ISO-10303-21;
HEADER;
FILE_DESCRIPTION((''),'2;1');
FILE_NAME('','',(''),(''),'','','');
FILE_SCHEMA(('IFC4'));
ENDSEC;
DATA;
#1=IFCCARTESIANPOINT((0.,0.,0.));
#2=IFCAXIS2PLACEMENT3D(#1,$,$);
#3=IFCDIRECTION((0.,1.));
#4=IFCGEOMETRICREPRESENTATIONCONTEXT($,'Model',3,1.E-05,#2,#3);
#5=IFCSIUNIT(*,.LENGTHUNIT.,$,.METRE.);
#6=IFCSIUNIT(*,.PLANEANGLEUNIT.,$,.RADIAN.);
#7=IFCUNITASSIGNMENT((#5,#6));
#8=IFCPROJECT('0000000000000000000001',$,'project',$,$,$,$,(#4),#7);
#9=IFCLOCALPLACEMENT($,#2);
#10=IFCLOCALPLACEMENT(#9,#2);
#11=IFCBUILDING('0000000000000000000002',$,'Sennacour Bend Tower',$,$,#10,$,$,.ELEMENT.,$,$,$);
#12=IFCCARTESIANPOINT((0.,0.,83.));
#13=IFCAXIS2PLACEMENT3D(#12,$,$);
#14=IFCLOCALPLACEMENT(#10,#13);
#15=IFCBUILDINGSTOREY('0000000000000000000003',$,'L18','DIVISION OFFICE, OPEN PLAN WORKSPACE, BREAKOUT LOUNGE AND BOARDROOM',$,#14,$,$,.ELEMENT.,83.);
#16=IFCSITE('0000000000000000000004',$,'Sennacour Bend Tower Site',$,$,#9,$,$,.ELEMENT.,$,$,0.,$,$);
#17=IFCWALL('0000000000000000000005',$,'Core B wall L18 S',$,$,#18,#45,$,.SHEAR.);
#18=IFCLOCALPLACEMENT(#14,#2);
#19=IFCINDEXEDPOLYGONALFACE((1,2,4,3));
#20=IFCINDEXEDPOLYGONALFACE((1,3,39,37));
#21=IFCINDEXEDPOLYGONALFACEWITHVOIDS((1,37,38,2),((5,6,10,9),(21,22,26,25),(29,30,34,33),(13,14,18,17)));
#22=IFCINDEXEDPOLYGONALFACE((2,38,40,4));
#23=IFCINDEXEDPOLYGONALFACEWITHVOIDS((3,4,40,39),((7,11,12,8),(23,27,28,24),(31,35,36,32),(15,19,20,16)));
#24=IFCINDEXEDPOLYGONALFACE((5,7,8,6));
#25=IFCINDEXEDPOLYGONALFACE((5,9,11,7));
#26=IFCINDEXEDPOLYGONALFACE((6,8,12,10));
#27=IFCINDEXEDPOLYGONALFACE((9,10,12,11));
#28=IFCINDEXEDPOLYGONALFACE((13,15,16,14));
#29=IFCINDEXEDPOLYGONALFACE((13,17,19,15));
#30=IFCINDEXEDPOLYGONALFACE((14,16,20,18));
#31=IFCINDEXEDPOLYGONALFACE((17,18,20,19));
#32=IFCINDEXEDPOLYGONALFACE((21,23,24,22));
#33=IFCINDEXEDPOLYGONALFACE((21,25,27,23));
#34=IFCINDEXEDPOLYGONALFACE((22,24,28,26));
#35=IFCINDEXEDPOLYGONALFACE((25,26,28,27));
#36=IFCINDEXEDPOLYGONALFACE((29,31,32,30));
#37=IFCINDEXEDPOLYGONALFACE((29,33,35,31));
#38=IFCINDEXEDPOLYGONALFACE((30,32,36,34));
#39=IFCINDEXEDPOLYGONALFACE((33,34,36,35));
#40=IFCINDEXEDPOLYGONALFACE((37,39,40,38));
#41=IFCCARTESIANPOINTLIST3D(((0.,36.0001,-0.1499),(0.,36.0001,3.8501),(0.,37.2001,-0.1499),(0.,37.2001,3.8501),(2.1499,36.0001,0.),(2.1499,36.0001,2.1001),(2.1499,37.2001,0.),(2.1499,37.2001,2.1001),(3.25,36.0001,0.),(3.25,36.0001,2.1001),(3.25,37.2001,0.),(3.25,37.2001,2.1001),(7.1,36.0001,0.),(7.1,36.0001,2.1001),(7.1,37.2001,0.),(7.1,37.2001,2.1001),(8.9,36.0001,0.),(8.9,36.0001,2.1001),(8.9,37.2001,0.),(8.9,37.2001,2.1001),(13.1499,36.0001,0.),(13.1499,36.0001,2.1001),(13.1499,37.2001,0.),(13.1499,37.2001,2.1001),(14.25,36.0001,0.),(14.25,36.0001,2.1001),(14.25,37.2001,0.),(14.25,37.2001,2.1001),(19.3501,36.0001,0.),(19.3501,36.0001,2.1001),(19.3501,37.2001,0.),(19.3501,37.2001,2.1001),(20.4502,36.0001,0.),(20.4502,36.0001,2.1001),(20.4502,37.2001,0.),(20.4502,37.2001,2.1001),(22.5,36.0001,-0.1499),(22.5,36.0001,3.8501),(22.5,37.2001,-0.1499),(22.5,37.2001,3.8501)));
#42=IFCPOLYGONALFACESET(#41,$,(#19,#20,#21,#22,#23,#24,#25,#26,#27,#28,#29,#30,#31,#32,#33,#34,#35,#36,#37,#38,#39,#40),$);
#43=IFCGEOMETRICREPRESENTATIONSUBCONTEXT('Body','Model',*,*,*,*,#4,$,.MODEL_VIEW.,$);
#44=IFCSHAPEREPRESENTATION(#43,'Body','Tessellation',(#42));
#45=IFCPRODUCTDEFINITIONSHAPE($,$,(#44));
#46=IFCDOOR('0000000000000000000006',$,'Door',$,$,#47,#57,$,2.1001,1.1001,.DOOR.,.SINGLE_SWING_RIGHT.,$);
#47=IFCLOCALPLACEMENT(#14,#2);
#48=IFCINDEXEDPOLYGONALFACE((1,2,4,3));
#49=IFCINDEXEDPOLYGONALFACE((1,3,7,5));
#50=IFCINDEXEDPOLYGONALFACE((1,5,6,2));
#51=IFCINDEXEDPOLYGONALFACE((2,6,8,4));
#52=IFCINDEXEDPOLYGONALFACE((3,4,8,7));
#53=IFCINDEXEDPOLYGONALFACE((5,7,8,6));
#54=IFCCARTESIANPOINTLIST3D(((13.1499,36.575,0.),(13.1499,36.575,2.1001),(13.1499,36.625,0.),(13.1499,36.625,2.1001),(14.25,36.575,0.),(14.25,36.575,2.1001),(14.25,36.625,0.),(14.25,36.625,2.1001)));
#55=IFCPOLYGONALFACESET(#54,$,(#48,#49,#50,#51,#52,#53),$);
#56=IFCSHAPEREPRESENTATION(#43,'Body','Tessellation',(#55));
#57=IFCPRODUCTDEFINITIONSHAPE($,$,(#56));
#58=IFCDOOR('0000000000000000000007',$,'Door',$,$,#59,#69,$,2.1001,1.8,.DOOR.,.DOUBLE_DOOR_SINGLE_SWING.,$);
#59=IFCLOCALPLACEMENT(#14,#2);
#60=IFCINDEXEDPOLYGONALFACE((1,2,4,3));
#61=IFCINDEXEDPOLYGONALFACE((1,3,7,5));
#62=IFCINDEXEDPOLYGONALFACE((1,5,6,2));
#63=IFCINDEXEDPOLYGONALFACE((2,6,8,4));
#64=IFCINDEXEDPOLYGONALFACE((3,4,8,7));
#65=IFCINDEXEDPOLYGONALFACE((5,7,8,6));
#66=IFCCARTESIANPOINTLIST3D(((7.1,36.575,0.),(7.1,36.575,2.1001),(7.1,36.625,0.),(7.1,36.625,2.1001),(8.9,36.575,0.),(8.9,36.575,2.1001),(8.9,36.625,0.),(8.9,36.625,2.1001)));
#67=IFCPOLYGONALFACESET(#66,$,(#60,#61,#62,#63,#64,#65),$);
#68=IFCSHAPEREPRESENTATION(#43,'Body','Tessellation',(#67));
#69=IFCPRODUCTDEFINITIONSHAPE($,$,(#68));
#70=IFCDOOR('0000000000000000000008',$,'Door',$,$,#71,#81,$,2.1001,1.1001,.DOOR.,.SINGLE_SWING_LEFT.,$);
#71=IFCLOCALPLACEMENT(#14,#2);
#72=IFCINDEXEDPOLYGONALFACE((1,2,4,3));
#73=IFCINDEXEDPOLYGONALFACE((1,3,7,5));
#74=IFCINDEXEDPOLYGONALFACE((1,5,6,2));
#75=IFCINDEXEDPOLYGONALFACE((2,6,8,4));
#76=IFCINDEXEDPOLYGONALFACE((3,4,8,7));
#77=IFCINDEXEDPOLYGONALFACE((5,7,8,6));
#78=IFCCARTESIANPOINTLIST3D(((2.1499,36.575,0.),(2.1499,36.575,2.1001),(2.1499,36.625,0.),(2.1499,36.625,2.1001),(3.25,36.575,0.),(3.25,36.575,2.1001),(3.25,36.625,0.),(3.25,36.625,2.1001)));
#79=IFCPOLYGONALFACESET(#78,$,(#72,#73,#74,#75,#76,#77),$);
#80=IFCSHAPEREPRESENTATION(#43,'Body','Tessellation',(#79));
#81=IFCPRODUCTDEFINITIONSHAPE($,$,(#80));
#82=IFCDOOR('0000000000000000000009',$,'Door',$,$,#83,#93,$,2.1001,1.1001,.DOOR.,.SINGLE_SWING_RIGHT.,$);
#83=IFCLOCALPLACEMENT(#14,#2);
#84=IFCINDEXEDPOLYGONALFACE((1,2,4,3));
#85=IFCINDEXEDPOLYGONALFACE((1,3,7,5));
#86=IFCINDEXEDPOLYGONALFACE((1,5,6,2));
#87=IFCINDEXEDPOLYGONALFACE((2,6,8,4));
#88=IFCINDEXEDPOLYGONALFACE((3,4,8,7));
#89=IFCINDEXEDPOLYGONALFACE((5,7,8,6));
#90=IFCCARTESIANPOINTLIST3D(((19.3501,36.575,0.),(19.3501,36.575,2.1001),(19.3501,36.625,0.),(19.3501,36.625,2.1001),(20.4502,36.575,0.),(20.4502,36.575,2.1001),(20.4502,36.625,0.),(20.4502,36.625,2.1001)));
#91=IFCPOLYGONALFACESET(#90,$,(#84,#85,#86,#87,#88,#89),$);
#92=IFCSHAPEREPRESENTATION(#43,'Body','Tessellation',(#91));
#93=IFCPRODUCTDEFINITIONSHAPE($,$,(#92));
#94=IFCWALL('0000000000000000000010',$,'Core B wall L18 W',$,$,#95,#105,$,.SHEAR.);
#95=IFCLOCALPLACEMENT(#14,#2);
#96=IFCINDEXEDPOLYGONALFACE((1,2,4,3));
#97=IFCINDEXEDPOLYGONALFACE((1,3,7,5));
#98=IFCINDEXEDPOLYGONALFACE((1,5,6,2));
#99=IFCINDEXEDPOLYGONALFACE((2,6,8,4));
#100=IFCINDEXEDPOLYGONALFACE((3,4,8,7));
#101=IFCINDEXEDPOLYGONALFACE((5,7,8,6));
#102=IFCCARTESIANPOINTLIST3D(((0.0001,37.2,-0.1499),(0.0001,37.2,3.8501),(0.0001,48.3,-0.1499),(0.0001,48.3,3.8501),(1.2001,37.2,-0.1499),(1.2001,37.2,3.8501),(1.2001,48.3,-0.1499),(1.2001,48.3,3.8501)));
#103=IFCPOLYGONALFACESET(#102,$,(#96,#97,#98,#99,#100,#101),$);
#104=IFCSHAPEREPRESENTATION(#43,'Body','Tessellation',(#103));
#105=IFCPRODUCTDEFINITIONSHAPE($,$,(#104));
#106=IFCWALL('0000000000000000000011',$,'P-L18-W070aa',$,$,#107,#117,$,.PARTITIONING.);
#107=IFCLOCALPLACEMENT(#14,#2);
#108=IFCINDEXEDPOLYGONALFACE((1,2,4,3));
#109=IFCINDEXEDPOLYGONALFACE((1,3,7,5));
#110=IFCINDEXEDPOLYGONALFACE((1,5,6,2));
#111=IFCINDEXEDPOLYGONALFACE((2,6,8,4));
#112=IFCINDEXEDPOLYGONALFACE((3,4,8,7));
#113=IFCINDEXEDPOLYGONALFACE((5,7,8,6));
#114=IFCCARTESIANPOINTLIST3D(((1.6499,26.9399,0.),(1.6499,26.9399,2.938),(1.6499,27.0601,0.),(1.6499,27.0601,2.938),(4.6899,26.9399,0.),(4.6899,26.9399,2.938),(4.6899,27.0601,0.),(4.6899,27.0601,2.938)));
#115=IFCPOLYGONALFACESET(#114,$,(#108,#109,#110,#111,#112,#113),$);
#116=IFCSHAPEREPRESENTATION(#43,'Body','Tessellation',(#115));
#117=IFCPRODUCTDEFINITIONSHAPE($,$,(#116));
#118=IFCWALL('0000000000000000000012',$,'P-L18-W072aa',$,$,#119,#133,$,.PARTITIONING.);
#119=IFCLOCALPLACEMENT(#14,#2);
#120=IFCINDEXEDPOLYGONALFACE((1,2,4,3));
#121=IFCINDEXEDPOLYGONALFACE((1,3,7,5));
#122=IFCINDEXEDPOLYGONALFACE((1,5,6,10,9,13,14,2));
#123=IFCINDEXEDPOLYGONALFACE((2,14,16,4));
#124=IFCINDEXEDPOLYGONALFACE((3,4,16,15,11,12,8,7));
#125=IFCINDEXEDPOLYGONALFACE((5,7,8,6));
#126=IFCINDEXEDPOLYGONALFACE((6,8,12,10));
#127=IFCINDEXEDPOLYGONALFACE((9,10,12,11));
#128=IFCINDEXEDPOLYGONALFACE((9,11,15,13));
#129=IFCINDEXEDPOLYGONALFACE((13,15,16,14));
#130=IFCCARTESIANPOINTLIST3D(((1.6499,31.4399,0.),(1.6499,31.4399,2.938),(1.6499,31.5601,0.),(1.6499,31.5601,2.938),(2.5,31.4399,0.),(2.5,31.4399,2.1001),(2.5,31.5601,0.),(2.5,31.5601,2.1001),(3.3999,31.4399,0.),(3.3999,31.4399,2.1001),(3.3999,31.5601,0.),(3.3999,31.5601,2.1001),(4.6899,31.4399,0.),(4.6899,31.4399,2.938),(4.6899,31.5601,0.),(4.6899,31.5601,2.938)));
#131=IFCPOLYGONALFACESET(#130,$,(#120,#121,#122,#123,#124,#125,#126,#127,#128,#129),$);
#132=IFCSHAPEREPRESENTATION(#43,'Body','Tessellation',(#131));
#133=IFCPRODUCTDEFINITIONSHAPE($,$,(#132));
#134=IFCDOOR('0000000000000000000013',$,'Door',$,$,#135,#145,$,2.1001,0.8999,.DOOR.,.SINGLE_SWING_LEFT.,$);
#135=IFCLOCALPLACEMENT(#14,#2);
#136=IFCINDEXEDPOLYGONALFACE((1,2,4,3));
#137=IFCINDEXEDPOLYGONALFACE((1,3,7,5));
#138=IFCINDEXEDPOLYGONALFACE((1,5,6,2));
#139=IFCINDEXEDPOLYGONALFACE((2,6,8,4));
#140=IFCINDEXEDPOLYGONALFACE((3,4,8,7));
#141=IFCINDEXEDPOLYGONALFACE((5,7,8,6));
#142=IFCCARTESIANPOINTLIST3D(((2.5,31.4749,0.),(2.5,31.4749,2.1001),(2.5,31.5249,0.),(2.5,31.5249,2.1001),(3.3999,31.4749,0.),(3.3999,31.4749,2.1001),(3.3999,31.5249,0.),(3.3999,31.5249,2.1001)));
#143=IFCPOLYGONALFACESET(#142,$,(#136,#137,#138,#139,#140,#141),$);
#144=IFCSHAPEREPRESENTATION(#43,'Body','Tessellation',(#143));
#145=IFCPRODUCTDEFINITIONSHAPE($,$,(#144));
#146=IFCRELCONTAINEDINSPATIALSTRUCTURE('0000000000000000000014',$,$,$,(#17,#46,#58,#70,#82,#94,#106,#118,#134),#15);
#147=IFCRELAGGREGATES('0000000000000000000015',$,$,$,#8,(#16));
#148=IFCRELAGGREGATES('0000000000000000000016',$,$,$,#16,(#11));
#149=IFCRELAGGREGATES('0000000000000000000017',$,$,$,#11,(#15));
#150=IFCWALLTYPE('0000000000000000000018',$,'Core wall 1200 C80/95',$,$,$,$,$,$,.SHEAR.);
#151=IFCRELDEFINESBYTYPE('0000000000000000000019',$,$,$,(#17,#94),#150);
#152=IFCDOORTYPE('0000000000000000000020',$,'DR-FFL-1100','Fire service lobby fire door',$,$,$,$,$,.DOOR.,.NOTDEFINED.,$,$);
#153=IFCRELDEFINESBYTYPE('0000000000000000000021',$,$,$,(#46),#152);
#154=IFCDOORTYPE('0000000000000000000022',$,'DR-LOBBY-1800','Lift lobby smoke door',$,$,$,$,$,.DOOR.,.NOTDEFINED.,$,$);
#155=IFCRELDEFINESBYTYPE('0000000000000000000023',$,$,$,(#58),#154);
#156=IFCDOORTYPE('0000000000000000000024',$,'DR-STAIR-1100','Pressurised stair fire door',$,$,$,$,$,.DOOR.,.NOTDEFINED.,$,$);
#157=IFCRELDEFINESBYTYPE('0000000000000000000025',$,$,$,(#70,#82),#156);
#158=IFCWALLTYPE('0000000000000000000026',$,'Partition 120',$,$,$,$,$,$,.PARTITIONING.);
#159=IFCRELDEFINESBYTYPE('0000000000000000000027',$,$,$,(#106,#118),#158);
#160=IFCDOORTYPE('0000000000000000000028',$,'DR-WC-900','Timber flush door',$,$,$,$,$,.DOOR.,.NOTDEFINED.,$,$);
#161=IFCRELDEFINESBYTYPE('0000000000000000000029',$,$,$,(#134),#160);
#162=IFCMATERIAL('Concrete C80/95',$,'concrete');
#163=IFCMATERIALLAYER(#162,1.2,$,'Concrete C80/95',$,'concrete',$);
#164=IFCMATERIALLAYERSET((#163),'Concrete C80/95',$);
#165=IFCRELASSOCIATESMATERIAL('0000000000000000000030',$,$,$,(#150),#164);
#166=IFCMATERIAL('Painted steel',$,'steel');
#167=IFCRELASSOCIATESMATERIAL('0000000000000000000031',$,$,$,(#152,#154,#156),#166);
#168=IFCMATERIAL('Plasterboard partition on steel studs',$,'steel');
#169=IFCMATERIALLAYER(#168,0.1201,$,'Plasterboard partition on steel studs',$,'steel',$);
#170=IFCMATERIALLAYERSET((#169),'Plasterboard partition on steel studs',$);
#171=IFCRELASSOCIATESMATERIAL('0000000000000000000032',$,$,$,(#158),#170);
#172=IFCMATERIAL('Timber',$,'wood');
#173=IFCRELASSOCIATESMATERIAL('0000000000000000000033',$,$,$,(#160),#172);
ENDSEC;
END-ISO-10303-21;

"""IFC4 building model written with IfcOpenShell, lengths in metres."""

from ifc_helpers import new_model, si_unit, direction, frame, frame_2d, origin, place, context, subcontext, project, spatial, rectangle, extrude, material, layer, layer_set, type_object, element, fill, save


model = new_model("IFC4")

# Units and contexts
model_context = context("Model", 3, precision=1e-05, world=origin(), true_north=direction((0.0, 1.0)))
body_context = subcontext(model_context, "Body", "Model", "MODEL_VIEW")
ifc_project = project(units=[si_unit("LENGTHUNIT", "METRE"), si_unit("PLANEANGLEUNIT", "RADIAN")], contexts=[model_context])

# Site, building, storey
site_placement = place(None, origin())
site = spatial("IfcSite", under=ifc_project, at=site_placement, Name="Sennacour Bend Tower Site", CompositionType="ELEMENT", RefElevation=0.0)
building_placement = place(site_placement, origin())
building = spatial("IfcBuilding", under=site, at=building_placement, Name="Sennacour Bend Tower", CompositionType="ELEMENT")
storey_placement = place(building_placement, frame((0.0, 0.0, 83.0)))
storey = spatial("IfcBuildingStorey", under=building, at=storey_placement, Name="L18", Description="DIVISION OFFICE, OPEN PLAN WORKSPACE, BREAKOUT LOUNGE AND BOARDROOM", CompositionType="ELEMENT", Elevation=83.0)

# Wall, openings, doors
ifc_material_1 = material(Name="Concrete C80/95", Category="concrete")
ifc_layer_1 = layer(ifc_material_1, 1.2, Name="Concrete C80/95", Category="concrete")
ifc_layer_set_1 = layer_set([ifc_layer_1], Name="Concrete C80/95")
wall_type_1 = type_object("IfcWallType", Name="Core wall 1200 C80/95", PredefinedType="SHEAR", material=ifc_layer_set_1)
wall_1_placement = place(storey_placement, frame((0.0, 36.6001, -0.1499), z_axis=(0.0, 0.0, 1.0), x_axis=(1.0, 0.0, 0.0)))
wall_1 = element("IfcWall", 1, at=wall_1_placement, inside=storey, type_object=wall_type_1, Name="Core B wall L18 S", PredefinedType="SHEAR", context=body_context, shape_type="SweptSolid", body=[
    extrude(rectangle(XDim=22.5, YDim=1.2, at=frame_2d((11.25, 0.0))), origin(), (0.0, 0.0, 1.0), 4.0),
])
opening_1_placement = place(wall_1_placement, frame((7.1001, 0.0, 0.1499)))
opening_1 = element("IfcOpeningElement", 2, at=opening_1_placement, cuts=wall_1, PredefinedType="OPENING", context=body_context, shape_type="SweptSolid", body=[
    extrude(rectangle(XDim=1.8, YDim=2.1001, at=frame_2d((0.8999, 1.05))), frame((0.0, 0.6099, 0.0), z_axis=(0.0, -1.0, 0.0), x_axis=(1.0, 0.0, 0.0)), (0.0, 0.0, 1.0), 1.22),
])
opening_2_placement = place(wall_1_placement, frame((13.1499, 0.0, 0.1499)))
opening_2 = element("IfcOpeningElement", 3, at=opening_2_placement, cuts=wall_1, PredefinedType="OPENING", context=body_context, shape_type="SweptSolid", body=[
    extrude(rectangle(XDim=1.1001, YDim=2.1001, at=frame_2d((0.55, 1.05))), frame((0.0, 0.6099, 0.0), z_axis=(0.0, -1.0, 0.0), x_axis=(1.0, 0.0, 0.0)), (0.0, 0.0, 1.0), 1.22),
])
opening_3_placement = place(wall_1_placement, frame((2.1499, 0.0, 0.1499)))
opening_3 = element("IfcOpeningElement", 4, at=opening_3_placement, cuts=wall_1, PredefinedType="OPENING", context=body_context, shape_type="SweptSolid", body=[
    extrude(rectangle(XDim=1.1001, YDim=2.1001, at=frame_2d((0.55, 1.05))), frame((0.0, 0.6099, 0.0), z_axis=(0.0, -1.0, 0.0), x_axis=(1.0, 0.0, 0.0)), (0.0, 0.0, 1.0), 1.22),
])
opening_4_placement = place(wall_1_placement, frame((19.3501, 0.0, 0.1499)))
opening_4 = element("IfcOpeningElement", 5, at=opening_4_placement, cuts=wall_1, PredefinedType="OPENING", context=body_context, shape_type="SweptSolid", body=[
    extrude(rectangle(XDim=1.1001, YDim=2.1001, at=frame_2d((0.55, 1.05))), frame((0.0, 0.6099, 0.0), z_axis=(0.0, -1.0, 0.0), x_axis=(1.0, 0.0, 0.0)), (0.0, 0.0, 1.0), 1.22),
])
ifc_material_2 = material(Name="Painted steel", Category="steel")
door_type_1 = type_object("IfcDoorType", Name="DR-FFL-1100", Description="Fire service lobby fire door", OperationType="NOTDEFINED", PredefinedType="DOOR", material=ifc_material_2)
door_1_placement = place(opening_2_placement, origin())
door_1 = element("IfcDoor", 6, at=door_1_placement, inside=storey, type_object=door_type_1, Name="Door", OperationType="SINGLE_SWING_RIGHT", OverallHeight=2.1001, OverallWidth=1.1001, PredefinedType="DOOR", context=body_context, shape_type="SweptSolid", body=[
    extrude(rectangle(XDim=1.1001, YDim=2.1001, at=frame_2d((0.55, 1.05))), frame((0.0, 0.0249, 0.0), z_axis=(0.0, -1.0, 0.0), x_axis=(1.0, 0.0, 0.0)), (0.0, 0.0, 1.0), 0.05),
])
fill(opening_2, door_1)
door_type_2 = type_object("IfcDoorType", Name="DR-LOBBY-1800", Description="Lift lobby smoke door", OperationType="NOTDEFINED", PredefinedType="DOOR", material=ifc_material_2)
door_2_placement = place(opening_1_placement, origin())
door_2 = element("IfcDoor", 7, at=door_2_placement, inside=storey, type_object=door_type_2, Name="Door", OperationType="DOUBLE_DOOR_SINGLE_SWING", OverallHeight=2.1001, OverallWidth=1.8, PredefinedType="DOOR", context=body_context, shape_type="SweptSolid", body=[
    extrude(rectangle(XDim=1.8, YDim=2.1001, at=frame_2d((0.8999, 1.05))), frame((0.0, 0.0249, 0.0), z_axis=(0.0, -1.0, 0.0), x_axis=(1.0, 0.0, 0.0)), (0.0, 0.0, 1.0), 0.05),
])
fill(opening_1, door_2)
door_type_3 = type_object("IfcDoorType", Name="DR-STAIR-1100", Description="Pressurised stair fire door", OperationType="NOTDEFINED", PredefinedType="DOOR", material=ifc_material_2)
door_3_placement = place(opening_3_placement, origin())
door_3 = element("IfcDoor", 8, at=door_3_placement, inside=storey, type_object=door_type_3, Name="Door", OperationType="SINGLE_SWING_LEFT", OverallHeight=2.1001, OverallWidth=1.1001, PredefinedType="DOOR", context=body_context, shape_type="SweptSolid", body=[
    extrude(rectangle(XDim=1.1001, YDim=2.1001, at=frame_2d((0.55, 1.05))), frame((0.0, 0.0249, 0.0), z_axis=(0.0, -1.0, 0.0), x_axis=(1.0, 0.0, 0.0)), (0.0, 0.0, 1.0), 0.05),
])
fill(opening_3, door_3)
door_4_placement = place(opening_4_placement, origin())
door_4 = element("IfcDoor", 9, at=door_4_placement, inside=storey, type_object=door_type_3, Name="Door", OperationType="SINGLE_SWING_RIGHT", OverallHeight=2.1001, OverallWidth=1.1001, PredefinedType="DOOR", context=body_context, shape_type="SweptSolid", body=[
    extrude(rectangle(XDim=1.1001, YDim=2.1001, at=frame_2d((0.55, 1.05))), frame((0.0, 0.0249, 0.0), z_axis=(0.0, -1.0, 0.0), x_axis=(1.0, 0.0, 0.0)), (0.0, 0.0, 1.0), 0.05),
])
fill(opening_4, door_4)

# Walls
wall_2_placement = place(storey_placement, frame((0.6001, 37.2, -0.1499), z_axis=(0.0, 0.0, 1.0), x_axis=(0.0, 1.0, 0.0)))
element("IfcWall", 10, at=wall_2_placement, inside=storey, type_object=wall_type_1, Name="Core B wall L18 W", PredefinedType="SHEAR", context=body_context, shape_type="SweptSolid", body=[
    extrude(rectangle(XDim=11.1001, YDim=1.2, at=frame_2d((5.55, 0.0))), origin(), (0.0, 0.0, 1.0), 4.0),
])
ifc_material_3 = material(Name="Plasterboard partition on steel studs", Category="steel")
ifc_layer_2 = layer(ifc_material_3, 0.1201, Name="Plasterboard partition on steel studs", Category="steel")
ifc_layer_set_2 = layer_set([ifc_layer_2], Name="Plasterboard partition on steel studs")
wall_type_2 = type_object("IfcWallType", Name="Partition 120", PredefinedType="PARTITIONING", material=ifc_layer_set_2)
wall_3_placement = place(storey_placement, frame((1.6499, 27.0, 0.0), z_axis=(0.0, 0.0, 1.0), x_axis=(1.0, 0.0, 0.0)))
element("IfcWall", 11, at=wall_3_placement, inside=storey, type_object=wall_type_2, Name="P-L18-W070aa", PredefinedType="PARTITIONING", context=body_context, shape_type="SweptSolid", body=[
    extrude(rectangle(XDim=3.04, YDim=0.1201, at=frame_2d((1.52, 0.0))), origin(), (0.0, 0.0, 1.0), 2.938),
])

# Wall, opening, door
wall_4_placement = place(storey_placement, frame((1.6499, 31.5, 0.0), z_axis=(0.0, 0.0, 1.0), x_axis=(1.0, 0.0, 0.0)))
wall_4 = element("IfcWall", 12, at=wall_4_placement, inside=storey, type_object=wall_type_2, Name="P-L18-W072aa", PredefinedType="PARTITIONING", context=body_context, shape_type="SweptSolid", body=[
    extrude(rectangle(XDim=3.04, YDim=0.1201, at=frame_2d((1.52, 0.0))), origin(), (0.0, 0.0, 1.0), 2.938),
])
opening_5_placement = place(wall_4_placement, frame((0.8501, 0.0, 0.0)))
opening_5 = element("IfcOpeningElement", 13, at=opening_5_placement, cuts=wall_4, PredefinedType="OPENING", context=body_context, shape_type="SweptSolid", body=[
    extrude(rectangle(XDim=0.8999, YDim=2.1001, at=frame_2d((0.45, 1.05))), frame((0.0, 0.0701, 0.0), z_axis=(0.0, -1.0, 0.0), x_axis=(1.0, 0.0, 0.0)), (0.0, 0.0, 1.0), 0.1401),
])
ifc_material_4 = material(Name="Timber", Category="wood")
door_type_4 = type_object("IfcDoorType", Name="DR-WC-900", Description="Timber flush door", OperationType="NOTDEFINED", PredefinedType="DOOR", material=ifc_material_4)
door_5_placement = place(opening_5_placement, origin())
door_5 = element("IfcDoor", 14, at=door_5_placement, inside=storey, type_object=door_type_4, Name="Door", OperationType="SINGLE_SWING_LEFT", OverallHeight=2.1001, OverallWidth=0.8999, PredefinedType="DOOR", context=body_context, shape_type="SweptSolid", body=[
    extrude(rectangle(XDim=0.8999, YDim=2.1001, at=frame_2d((0.45, 1.05))), frame((0.0, 0.0249, 0.0), z_axis=(0.0, -1.0, 0.0), x_axis=(1.0, 0.0, 0.0)), (0.0, 0.0, 1.0), 0.05),
])
fill(opening_5, door_5)

save(model, "model.ifc")
